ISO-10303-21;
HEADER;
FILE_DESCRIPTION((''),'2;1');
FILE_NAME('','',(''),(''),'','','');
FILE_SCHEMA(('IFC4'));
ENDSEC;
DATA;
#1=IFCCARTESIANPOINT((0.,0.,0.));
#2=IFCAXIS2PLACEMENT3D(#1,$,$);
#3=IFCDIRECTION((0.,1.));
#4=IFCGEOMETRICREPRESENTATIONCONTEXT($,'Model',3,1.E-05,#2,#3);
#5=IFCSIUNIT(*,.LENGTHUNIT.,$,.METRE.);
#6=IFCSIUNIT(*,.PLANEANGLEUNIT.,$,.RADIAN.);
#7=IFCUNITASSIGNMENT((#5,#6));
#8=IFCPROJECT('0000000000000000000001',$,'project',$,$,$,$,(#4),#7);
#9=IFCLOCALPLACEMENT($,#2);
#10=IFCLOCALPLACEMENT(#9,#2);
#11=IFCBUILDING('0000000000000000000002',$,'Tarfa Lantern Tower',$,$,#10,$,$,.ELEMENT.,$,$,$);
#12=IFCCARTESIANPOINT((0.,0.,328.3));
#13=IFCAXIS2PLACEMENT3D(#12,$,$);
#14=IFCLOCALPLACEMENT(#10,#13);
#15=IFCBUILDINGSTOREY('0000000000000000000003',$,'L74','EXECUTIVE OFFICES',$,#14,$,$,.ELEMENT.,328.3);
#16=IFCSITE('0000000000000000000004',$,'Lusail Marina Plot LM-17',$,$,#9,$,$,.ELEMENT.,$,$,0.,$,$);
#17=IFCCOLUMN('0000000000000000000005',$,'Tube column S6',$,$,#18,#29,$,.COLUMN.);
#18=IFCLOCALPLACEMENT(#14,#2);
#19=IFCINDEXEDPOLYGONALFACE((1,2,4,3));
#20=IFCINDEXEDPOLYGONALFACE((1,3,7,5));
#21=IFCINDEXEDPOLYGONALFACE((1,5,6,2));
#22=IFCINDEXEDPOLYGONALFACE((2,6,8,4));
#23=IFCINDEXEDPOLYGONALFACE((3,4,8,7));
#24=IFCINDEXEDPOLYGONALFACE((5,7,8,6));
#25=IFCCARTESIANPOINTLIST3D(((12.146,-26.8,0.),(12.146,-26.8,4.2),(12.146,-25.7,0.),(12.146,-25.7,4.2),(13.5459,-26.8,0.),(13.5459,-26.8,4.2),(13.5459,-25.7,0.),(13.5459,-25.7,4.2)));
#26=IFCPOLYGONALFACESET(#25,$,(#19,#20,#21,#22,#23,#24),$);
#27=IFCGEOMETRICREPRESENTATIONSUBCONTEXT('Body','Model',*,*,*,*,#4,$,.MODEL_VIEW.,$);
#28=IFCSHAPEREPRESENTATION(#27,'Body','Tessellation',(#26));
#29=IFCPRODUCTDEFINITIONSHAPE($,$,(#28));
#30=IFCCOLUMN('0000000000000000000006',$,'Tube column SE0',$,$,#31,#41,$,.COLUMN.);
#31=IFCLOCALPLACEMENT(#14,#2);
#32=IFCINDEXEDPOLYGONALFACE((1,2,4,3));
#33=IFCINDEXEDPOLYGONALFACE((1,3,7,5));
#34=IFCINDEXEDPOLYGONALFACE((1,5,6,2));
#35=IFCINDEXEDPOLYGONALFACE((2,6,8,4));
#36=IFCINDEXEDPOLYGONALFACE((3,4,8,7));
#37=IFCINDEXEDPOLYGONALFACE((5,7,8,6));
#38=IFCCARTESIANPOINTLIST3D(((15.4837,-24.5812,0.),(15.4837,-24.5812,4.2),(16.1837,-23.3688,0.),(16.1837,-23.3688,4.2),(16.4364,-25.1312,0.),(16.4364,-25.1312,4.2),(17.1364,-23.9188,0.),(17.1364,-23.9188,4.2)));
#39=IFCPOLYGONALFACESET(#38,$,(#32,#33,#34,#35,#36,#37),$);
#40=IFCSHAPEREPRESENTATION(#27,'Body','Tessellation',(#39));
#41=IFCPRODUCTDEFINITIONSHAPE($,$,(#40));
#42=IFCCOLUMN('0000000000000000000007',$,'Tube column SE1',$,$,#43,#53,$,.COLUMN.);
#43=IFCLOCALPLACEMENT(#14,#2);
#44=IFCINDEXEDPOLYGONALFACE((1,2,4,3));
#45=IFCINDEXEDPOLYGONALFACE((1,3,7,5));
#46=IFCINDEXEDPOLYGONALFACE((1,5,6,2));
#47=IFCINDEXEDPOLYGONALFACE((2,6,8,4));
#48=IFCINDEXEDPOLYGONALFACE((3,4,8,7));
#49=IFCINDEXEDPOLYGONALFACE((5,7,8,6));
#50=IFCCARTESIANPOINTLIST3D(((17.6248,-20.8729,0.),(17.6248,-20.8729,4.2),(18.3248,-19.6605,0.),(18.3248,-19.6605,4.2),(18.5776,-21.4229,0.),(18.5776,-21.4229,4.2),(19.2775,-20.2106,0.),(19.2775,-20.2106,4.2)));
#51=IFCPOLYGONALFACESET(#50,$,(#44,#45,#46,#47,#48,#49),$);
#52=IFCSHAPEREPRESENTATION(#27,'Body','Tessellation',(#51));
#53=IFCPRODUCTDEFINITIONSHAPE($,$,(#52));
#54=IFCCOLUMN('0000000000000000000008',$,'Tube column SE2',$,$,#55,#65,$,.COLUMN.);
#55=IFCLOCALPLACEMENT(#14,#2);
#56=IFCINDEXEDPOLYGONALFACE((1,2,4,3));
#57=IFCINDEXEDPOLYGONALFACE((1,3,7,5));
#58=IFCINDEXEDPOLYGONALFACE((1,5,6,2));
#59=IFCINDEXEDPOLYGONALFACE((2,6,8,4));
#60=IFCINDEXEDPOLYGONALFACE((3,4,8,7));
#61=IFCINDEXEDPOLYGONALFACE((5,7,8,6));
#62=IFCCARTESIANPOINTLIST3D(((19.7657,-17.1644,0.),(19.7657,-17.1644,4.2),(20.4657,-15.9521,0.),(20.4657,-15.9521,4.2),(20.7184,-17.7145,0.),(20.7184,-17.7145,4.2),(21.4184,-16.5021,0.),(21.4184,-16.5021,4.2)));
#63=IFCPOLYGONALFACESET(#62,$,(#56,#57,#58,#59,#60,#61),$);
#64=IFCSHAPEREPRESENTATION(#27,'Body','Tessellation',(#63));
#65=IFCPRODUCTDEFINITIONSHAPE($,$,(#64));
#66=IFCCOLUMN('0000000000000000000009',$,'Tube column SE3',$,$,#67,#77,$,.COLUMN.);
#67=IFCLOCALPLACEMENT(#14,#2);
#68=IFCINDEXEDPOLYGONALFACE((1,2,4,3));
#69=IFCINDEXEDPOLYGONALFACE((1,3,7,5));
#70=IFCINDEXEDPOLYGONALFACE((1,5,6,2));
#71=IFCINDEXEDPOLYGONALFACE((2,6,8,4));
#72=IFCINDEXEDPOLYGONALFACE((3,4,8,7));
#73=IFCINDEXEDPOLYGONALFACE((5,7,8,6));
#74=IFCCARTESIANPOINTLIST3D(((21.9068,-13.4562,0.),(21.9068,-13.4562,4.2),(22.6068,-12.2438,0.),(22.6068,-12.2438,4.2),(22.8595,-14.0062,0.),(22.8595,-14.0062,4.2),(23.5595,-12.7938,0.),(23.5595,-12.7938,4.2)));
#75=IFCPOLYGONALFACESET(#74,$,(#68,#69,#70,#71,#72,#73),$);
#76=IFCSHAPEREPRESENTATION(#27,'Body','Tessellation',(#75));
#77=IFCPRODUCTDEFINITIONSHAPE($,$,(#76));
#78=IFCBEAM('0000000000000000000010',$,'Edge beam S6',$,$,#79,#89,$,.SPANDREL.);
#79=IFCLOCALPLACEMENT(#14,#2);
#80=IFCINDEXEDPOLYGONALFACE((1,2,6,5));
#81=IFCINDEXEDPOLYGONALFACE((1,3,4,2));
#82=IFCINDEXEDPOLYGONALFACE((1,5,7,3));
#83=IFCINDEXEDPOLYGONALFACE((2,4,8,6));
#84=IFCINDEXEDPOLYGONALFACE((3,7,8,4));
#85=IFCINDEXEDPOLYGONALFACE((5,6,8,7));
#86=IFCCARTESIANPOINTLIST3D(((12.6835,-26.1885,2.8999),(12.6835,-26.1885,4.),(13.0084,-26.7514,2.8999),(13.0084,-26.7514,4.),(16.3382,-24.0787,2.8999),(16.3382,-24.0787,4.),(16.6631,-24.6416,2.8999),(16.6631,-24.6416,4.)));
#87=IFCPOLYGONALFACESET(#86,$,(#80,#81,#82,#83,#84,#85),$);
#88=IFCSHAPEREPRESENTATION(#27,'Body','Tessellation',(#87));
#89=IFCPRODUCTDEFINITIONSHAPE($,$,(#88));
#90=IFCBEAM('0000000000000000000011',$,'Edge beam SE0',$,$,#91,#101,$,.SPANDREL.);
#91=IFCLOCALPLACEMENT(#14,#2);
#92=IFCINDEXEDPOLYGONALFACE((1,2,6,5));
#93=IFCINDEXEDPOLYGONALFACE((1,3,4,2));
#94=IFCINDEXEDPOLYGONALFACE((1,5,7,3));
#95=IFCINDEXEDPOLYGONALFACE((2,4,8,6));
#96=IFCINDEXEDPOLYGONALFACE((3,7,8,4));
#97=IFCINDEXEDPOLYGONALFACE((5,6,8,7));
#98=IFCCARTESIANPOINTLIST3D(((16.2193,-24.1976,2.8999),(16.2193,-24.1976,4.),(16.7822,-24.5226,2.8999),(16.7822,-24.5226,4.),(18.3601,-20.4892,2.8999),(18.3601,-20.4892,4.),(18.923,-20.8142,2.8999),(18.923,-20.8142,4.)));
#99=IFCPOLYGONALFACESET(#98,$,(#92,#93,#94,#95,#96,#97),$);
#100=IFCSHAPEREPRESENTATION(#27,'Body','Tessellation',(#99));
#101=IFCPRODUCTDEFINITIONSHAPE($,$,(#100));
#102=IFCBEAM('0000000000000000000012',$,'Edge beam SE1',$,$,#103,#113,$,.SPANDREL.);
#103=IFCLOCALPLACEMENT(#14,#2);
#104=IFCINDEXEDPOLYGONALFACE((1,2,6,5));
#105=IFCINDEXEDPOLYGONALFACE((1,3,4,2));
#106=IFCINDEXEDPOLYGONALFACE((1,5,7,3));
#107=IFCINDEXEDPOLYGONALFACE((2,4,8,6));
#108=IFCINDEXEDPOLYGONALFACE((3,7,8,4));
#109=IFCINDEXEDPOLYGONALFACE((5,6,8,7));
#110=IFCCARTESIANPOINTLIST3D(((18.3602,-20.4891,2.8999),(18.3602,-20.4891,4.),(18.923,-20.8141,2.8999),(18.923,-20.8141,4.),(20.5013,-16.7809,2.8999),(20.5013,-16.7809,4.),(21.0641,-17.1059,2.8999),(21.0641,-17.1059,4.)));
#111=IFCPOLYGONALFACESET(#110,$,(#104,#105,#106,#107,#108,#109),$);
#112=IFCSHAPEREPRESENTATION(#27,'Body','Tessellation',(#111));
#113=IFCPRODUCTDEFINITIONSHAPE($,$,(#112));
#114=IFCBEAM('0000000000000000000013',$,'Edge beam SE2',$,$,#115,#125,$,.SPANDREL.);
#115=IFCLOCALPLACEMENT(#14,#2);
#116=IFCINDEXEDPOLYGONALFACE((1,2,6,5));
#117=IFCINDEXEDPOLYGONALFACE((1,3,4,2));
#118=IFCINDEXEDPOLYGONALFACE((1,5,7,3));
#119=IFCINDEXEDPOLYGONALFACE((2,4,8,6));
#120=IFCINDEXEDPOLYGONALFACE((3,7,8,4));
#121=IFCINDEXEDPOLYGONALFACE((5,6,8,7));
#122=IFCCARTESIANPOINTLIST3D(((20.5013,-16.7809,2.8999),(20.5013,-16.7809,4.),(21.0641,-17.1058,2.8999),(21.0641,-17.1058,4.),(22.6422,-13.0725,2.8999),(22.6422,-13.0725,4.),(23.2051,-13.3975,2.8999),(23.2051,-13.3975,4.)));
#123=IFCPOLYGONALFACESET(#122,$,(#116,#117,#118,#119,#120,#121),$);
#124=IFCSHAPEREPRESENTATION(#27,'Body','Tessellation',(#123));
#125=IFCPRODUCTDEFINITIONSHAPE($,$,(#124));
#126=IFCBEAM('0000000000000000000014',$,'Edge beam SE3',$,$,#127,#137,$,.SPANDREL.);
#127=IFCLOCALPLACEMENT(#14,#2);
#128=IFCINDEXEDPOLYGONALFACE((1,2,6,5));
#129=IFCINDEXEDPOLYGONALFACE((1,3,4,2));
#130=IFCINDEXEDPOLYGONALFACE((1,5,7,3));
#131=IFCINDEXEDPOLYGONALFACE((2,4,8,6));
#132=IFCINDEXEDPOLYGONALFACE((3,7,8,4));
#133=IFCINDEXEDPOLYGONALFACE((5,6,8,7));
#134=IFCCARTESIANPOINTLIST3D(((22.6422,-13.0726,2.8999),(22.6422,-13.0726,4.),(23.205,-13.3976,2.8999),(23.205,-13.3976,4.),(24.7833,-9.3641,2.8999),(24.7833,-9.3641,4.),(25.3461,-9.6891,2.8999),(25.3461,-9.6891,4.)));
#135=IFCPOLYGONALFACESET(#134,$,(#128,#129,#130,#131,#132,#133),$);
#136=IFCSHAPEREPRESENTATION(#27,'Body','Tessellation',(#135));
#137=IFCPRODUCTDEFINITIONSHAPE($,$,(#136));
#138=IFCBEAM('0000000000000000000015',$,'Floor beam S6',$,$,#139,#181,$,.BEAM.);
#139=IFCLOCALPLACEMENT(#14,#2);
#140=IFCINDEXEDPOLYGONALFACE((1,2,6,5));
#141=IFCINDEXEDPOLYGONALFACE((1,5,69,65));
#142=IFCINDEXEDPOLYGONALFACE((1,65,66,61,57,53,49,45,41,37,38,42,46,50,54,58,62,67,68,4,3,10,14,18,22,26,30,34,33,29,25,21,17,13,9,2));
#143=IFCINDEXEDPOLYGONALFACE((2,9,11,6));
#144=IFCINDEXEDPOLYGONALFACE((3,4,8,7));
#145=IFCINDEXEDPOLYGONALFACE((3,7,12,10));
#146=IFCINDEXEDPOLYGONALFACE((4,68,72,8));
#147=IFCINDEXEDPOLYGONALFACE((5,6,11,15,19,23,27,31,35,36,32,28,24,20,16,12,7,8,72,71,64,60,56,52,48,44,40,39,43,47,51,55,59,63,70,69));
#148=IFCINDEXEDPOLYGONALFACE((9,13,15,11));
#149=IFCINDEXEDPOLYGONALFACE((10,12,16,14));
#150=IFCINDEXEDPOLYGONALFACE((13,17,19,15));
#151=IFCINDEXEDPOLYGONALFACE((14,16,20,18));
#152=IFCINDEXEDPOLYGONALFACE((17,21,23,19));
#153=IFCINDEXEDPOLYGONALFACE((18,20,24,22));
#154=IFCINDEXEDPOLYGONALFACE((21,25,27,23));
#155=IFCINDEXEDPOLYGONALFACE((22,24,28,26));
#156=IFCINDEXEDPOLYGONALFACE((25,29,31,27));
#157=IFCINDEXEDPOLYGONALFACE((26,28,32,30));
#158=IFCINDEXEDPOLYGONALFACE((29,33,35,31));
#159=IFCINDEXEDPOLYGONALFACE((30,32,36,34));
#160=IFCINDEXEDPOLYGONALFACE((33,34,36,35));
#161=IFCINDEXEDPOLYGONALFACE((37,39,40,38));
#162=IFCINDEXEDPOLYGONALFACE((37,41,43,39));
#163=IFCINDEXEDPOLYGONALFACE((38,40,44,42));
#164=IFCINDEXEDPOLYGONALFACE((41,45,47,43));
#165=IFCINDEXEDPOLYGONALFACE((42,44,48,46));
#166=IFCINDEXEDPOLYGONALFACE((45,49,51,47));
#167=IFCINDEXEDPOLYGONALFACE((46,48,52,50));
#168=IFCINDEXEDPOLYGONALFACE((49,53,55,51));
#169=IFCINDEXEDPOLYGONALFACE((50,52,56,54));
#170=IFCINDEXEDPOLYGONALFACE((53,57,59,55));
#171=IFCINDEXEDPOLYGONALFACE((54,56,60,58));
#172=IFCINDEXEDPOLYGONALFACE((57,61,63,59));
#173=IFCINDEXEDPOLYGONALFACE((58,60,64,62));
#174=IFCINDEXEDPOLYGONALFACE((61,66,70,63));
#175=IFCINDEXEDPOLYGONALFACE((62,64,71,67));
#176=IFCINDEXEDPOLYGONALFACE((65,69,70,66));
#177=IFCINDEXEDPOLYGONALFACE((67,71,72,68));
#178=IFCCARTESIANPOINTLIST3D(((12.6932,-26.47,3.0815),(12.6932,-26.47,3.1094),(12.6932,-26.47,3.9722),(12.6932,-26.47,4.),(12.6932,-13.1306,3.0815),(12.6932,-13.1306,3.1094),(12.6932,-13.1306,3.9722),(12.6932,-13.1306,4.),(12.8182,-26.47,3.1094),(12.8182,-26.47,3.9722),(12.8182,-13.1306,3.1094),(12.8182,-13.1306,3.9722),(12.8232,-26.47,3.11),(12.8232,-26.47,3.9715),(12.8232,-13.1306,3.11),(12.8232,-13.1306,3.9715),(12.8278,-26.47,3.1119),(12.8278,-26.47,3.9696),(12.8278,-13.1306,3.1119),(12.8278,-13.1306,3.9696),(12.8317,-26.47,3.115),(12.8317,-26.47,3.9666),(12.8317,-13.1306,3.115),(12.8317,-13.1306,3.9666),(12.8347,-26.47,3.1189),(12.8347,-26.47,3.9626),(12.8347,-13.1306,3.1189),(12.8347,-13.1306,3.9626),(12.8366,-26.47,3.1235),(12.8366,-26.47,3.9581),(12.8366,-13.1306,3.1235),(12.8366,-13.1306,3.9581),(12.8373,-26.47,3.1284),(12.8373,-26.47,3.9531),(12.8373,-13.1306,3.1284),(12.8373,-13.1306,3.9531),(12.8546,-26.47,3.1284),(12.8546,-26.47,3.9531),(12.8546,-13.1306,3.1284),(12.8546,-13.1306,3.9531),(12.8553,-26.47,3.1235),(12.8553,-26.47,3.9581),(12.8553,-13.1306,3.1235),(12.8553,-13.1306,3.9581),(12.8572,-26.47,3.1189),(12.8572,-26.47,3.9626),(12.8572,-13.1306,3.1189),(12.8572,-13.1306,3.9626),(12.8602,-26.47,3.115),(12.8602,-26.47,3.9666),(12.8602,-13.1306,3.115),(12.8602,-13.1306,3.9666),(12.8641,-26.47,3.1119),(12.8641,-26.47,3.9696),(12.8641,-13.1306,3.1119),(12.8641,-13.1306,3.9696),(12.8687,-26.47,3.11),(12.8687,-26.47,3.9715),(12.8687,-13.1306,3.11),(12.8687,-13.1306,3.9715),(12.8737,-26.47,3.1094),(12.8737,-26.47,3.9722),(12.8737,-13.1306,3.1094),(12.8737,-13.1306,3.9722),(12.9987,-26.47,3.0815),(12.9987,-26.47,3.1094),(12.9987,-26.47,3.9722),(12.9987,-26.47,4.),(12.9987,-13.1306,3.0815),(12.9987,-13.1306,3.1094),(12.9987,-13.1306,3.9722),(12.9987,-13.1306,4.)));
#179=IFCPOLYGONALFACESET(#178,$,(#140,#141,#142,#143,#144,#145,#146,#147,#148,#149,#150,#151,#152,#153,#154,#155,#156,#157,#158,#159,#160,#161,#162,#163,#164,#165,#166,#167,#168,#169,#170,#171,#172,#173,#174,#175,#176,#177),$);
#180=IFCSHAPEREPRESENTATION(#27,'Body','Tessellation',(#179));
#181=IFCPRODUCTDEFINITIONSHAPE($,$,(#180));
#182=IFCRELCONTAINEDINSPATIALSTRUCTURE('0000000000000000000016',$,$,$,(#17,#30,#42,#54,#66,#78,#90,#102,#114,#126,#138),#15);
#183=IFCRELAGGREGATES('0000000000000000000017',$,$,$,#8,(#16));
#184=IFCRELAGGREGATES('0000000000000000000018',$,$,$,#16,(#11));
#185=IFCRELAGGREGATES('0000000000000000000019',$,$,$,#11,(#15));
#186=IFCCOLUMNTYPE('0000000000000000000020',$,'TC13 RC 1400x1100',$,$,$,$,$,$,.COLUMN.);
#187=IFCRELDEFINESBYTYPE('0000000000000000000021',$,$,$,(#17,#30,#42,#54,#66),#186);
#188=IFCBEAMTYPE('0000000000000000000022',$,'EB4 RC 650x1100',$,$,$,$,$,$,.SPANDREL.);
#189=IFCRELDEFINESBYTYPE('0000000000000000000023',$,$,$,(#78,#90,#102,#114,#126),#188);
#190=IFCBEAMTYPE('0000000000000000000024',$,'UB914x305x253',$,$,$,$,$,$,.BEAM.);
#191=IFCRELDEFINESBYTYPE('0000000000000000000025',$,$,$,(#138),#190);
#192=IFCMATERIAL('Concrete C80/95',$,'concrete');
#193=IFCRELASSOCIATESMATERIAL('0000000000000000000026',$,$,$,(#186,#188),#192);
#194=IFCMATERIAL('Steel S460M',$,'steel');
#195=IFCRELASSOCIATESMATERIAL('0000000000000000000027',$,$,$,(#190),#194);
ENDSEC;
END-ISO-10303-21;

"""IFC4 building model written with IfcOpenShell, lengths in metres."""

from ifc_helpers import new_model, si_unit, direction, frame, origin, origin_2d, place, context, subcontext, project, spatial, rectangle, i_section, extrude, material, material_profile, profile_set, type_object, element, save


model = new_model("IFC4")

# Units and contexts
model_context = context("Model", 3, precision=1e-05, world=origin(), true_north=direction((0.0, 1.0)))
body_context = subcontext(model_context, "Body", "Model", "MODEL_VIEW")
ifc_project = project(units=[si_unit("LENGTHUNIT", "METRE"), si_unit("PLANEANGLEUNIT", "RADIAN")], contexts=[model_context])

# Site, building, storey
site_placement = place(None, origin())
site = spatial("IfcSite", under=ifc_project, at=site_placement, Name="Lusail Marina Plot LM-17", CompositionType="ELEMENT", RefElevation=0.0)
building_placement = place(site_placement, origin())
building = spatial("IfcBuilding", under=site, at=building_placement, Name="Tarfa Lantern Tower", CompositionType="ELEMENT")
storey_placement = place(building_placement, frame((0.0, 0.0, 328.3)))
storey = spatial("IfcBuildingStorey", under=building, at=storey_placement, Name="L74", Description="EXECUTIVE OFFICES", CompositionType="ELEMENT", Elevation=328.3)

# Columns
ifc_material_1 = material(Name="Concrete C80/95", Category="concrete")
ifc_material_profile_1 = material_profile(ifc_material_1, rectangle(XDim=1.3999, YDim=1.1001, at=origin_2d()), Name="RC 1400x1100")
ifc_profile_set_1 = profile_set([ifc_material_profile_1], Name="Concrete C80/95")
column_type = type_object("IfcColumnType", Name="TC13 RC 1400x1100", PredefinedType="COLUMN", material=ifc_profile_set_1)
for number, where, z_axis, x_axis, name in (
    (1, (12.8459, -26.25, 0.0), (0.0, 0.0, 1.0), (1.0, 0.0, 0.0), "Tube column S6"),
    (2, (16.3101, -24.25, 0.0), (0.0, 0.0, 1.0), (0.5, 0.866025, 0.0), "Tube column SE0"),
    (3, (18.4512, -20.5417, 0.0), (0.0, 0.0, 1.0), (0.5, 0.866025, 0.0), "Tube column SE1"),
    (4, (20.592, -16.8333, 0.0), (0.0, 0.0, 1.0), (0.5, 0.866025, 0.0), "Tube column SE2"),
    (5, (22.7332, -13.125, 0.0), (0.0, 0.0, 1.0), (0.5, 0.866025, 0.0), "Tube column SE3"),
):
    element("IfcColumn", number, at=place(storey_placement, frame(where, z_axis=z_axis, x_axis=x_axis)), inside=storey, type_object=column_type, Name=name, PredefinedType="COLUMN", context=body_context, shape_type="SweptSolid", body=[
        extrude(rectangle(XDim=1.3999, YDim=1.1001, at=origin_2d()), origin(), (0.0, 0.0, 1.0), 4.2),
    ])

# Beams
ifc_material_profile_2 = material_profile(ifc_material_1, rectangle(XDim=0.6499, YDim=1.1001, at=origin_2d()), Name="RC 650x1100")
ifc_profile_set_2 = profile_set([ifc_material_profile_2], Name="Concrete C80/95")
beam_type_1 = type_object("IfcBeamType", Name="EB4 RC 650x1100", PredefinedType="SPANDREL", material=ifc_profile_set_2)
beam_1_placement = place(storey_placement, frame((12.8459, -26.47, 3.45), z_axis=(0.866049, 0.499959, 0.0), x_axis=(-0.499959, 0.866049, 0.0)))
element("IfcBeam", 6, at=beam_1_placement, inside=storey, type_object=beam_type_1, Name="Edge beam S6", PredefinedType="SPANDREL", context=body_context, shape_type="SweptSolid", body=[
    extrude(rectangle(XDim=0.6499, YDim=1.1001, at=origin_2d()), origin(), (0.0, 0.0, 1.0), 4.22),
])
for number, where, z_axis, x_axis, name in (
    (7, (16.5007, -24.3601, 3.45), (0.499959, 0.866049, 0.0), (-0.866049, 0.499959, 0.0), "Edge beam SE0"),
    (8, (18.6416, -20.6516, 3.45), (0.500027, 0.86601, 0.0), (-0.86601, 0.500027, 0.0), "Edge beam SE1"),
    (9, (20.7827, -16.9434, 3.45), (0.499984, 0.866035, 0.0), (-0.866035, 0.499984, 0.0), "Edge beam SE2"),
):
    element("IfcBeam", number, at=place(storey_placement, frame(where, z_axis=z_axis, x_axis=x_axis)), inside=storey, type_object=beam_type_1, Name=name, PredefinedType="SPANDREL", context=body_context, shape_type="SweptSolid", body=[
        extrude(rectangle(XDim=0.6499, YDim=1.1001, at=origin_2d()), origin(), (0.0, 0.0, 1.0), 4.282),
    ])
beam_2_placement = place(storey_placement, frame((22.9236, -13.2351, 3.45), z_axis=(0.500002, 0.866024, 0.0), x_axis=(-0.866024, 0.500002, 0.0)))
element("IfcBeam", 10, at=beam_2_placement, inside=storey, type_object=beam_type_1, Name="Edge beam SE3", PredefinedType="SPANDREL", context=body_context, shape_type="SweptSolid", body=[
    extrude(rectangle(XDim=0.6499, YDim=1.1001, at=origin_2d()), origin(), (0.0, 0.0, 1.0), 4.2822),
])
ifc_material_2 = material(Name="Steel S460M", Category="steel")
ifc_material_profile_3 = material_profile(ifc_material_2, i_section(OverallWidth=0.3054, OverallDepth=0.9185, WebThickness=0.0173, FlangeThickness=0.0278, FilletRadius=0.019, at=origin_2d()), Name="UB914x305x253")
ifc_profile_set_3 = profile_set([ifc_material_profile_3], Name="Steel S460M")
beam_type_2 = type_object("IfcBeamType", Name="UB914x305x253", PredefinedType="BEAM", material=ifc_profile_set_3)
beam_3_placement = place(storey_placement, frame((12.8459, -26.47, 3.5408), z_axis=(0.0, 1.0, 0.0), x_axis=(-1.0, 0.0, 0.0)))
element("IfcBeam", 11, at=beam_3_placement, inside=storey, type_object=beam_type_2, Name="Floor beam S6", PredefinedType="BEAM", context=body_context, shape_type="SweptSolid", body=[
    extrude(i_section(OverallWidth=0.3054, OverallDepth=0.9185, WebThickness=0.0173, FlangeThickness=0.0278, FilletRadius=0.019, at=origin_2d()), origin(), (0.0, 0.0, 1.0), 13.3394),
])

save(model, "model.ifc")
